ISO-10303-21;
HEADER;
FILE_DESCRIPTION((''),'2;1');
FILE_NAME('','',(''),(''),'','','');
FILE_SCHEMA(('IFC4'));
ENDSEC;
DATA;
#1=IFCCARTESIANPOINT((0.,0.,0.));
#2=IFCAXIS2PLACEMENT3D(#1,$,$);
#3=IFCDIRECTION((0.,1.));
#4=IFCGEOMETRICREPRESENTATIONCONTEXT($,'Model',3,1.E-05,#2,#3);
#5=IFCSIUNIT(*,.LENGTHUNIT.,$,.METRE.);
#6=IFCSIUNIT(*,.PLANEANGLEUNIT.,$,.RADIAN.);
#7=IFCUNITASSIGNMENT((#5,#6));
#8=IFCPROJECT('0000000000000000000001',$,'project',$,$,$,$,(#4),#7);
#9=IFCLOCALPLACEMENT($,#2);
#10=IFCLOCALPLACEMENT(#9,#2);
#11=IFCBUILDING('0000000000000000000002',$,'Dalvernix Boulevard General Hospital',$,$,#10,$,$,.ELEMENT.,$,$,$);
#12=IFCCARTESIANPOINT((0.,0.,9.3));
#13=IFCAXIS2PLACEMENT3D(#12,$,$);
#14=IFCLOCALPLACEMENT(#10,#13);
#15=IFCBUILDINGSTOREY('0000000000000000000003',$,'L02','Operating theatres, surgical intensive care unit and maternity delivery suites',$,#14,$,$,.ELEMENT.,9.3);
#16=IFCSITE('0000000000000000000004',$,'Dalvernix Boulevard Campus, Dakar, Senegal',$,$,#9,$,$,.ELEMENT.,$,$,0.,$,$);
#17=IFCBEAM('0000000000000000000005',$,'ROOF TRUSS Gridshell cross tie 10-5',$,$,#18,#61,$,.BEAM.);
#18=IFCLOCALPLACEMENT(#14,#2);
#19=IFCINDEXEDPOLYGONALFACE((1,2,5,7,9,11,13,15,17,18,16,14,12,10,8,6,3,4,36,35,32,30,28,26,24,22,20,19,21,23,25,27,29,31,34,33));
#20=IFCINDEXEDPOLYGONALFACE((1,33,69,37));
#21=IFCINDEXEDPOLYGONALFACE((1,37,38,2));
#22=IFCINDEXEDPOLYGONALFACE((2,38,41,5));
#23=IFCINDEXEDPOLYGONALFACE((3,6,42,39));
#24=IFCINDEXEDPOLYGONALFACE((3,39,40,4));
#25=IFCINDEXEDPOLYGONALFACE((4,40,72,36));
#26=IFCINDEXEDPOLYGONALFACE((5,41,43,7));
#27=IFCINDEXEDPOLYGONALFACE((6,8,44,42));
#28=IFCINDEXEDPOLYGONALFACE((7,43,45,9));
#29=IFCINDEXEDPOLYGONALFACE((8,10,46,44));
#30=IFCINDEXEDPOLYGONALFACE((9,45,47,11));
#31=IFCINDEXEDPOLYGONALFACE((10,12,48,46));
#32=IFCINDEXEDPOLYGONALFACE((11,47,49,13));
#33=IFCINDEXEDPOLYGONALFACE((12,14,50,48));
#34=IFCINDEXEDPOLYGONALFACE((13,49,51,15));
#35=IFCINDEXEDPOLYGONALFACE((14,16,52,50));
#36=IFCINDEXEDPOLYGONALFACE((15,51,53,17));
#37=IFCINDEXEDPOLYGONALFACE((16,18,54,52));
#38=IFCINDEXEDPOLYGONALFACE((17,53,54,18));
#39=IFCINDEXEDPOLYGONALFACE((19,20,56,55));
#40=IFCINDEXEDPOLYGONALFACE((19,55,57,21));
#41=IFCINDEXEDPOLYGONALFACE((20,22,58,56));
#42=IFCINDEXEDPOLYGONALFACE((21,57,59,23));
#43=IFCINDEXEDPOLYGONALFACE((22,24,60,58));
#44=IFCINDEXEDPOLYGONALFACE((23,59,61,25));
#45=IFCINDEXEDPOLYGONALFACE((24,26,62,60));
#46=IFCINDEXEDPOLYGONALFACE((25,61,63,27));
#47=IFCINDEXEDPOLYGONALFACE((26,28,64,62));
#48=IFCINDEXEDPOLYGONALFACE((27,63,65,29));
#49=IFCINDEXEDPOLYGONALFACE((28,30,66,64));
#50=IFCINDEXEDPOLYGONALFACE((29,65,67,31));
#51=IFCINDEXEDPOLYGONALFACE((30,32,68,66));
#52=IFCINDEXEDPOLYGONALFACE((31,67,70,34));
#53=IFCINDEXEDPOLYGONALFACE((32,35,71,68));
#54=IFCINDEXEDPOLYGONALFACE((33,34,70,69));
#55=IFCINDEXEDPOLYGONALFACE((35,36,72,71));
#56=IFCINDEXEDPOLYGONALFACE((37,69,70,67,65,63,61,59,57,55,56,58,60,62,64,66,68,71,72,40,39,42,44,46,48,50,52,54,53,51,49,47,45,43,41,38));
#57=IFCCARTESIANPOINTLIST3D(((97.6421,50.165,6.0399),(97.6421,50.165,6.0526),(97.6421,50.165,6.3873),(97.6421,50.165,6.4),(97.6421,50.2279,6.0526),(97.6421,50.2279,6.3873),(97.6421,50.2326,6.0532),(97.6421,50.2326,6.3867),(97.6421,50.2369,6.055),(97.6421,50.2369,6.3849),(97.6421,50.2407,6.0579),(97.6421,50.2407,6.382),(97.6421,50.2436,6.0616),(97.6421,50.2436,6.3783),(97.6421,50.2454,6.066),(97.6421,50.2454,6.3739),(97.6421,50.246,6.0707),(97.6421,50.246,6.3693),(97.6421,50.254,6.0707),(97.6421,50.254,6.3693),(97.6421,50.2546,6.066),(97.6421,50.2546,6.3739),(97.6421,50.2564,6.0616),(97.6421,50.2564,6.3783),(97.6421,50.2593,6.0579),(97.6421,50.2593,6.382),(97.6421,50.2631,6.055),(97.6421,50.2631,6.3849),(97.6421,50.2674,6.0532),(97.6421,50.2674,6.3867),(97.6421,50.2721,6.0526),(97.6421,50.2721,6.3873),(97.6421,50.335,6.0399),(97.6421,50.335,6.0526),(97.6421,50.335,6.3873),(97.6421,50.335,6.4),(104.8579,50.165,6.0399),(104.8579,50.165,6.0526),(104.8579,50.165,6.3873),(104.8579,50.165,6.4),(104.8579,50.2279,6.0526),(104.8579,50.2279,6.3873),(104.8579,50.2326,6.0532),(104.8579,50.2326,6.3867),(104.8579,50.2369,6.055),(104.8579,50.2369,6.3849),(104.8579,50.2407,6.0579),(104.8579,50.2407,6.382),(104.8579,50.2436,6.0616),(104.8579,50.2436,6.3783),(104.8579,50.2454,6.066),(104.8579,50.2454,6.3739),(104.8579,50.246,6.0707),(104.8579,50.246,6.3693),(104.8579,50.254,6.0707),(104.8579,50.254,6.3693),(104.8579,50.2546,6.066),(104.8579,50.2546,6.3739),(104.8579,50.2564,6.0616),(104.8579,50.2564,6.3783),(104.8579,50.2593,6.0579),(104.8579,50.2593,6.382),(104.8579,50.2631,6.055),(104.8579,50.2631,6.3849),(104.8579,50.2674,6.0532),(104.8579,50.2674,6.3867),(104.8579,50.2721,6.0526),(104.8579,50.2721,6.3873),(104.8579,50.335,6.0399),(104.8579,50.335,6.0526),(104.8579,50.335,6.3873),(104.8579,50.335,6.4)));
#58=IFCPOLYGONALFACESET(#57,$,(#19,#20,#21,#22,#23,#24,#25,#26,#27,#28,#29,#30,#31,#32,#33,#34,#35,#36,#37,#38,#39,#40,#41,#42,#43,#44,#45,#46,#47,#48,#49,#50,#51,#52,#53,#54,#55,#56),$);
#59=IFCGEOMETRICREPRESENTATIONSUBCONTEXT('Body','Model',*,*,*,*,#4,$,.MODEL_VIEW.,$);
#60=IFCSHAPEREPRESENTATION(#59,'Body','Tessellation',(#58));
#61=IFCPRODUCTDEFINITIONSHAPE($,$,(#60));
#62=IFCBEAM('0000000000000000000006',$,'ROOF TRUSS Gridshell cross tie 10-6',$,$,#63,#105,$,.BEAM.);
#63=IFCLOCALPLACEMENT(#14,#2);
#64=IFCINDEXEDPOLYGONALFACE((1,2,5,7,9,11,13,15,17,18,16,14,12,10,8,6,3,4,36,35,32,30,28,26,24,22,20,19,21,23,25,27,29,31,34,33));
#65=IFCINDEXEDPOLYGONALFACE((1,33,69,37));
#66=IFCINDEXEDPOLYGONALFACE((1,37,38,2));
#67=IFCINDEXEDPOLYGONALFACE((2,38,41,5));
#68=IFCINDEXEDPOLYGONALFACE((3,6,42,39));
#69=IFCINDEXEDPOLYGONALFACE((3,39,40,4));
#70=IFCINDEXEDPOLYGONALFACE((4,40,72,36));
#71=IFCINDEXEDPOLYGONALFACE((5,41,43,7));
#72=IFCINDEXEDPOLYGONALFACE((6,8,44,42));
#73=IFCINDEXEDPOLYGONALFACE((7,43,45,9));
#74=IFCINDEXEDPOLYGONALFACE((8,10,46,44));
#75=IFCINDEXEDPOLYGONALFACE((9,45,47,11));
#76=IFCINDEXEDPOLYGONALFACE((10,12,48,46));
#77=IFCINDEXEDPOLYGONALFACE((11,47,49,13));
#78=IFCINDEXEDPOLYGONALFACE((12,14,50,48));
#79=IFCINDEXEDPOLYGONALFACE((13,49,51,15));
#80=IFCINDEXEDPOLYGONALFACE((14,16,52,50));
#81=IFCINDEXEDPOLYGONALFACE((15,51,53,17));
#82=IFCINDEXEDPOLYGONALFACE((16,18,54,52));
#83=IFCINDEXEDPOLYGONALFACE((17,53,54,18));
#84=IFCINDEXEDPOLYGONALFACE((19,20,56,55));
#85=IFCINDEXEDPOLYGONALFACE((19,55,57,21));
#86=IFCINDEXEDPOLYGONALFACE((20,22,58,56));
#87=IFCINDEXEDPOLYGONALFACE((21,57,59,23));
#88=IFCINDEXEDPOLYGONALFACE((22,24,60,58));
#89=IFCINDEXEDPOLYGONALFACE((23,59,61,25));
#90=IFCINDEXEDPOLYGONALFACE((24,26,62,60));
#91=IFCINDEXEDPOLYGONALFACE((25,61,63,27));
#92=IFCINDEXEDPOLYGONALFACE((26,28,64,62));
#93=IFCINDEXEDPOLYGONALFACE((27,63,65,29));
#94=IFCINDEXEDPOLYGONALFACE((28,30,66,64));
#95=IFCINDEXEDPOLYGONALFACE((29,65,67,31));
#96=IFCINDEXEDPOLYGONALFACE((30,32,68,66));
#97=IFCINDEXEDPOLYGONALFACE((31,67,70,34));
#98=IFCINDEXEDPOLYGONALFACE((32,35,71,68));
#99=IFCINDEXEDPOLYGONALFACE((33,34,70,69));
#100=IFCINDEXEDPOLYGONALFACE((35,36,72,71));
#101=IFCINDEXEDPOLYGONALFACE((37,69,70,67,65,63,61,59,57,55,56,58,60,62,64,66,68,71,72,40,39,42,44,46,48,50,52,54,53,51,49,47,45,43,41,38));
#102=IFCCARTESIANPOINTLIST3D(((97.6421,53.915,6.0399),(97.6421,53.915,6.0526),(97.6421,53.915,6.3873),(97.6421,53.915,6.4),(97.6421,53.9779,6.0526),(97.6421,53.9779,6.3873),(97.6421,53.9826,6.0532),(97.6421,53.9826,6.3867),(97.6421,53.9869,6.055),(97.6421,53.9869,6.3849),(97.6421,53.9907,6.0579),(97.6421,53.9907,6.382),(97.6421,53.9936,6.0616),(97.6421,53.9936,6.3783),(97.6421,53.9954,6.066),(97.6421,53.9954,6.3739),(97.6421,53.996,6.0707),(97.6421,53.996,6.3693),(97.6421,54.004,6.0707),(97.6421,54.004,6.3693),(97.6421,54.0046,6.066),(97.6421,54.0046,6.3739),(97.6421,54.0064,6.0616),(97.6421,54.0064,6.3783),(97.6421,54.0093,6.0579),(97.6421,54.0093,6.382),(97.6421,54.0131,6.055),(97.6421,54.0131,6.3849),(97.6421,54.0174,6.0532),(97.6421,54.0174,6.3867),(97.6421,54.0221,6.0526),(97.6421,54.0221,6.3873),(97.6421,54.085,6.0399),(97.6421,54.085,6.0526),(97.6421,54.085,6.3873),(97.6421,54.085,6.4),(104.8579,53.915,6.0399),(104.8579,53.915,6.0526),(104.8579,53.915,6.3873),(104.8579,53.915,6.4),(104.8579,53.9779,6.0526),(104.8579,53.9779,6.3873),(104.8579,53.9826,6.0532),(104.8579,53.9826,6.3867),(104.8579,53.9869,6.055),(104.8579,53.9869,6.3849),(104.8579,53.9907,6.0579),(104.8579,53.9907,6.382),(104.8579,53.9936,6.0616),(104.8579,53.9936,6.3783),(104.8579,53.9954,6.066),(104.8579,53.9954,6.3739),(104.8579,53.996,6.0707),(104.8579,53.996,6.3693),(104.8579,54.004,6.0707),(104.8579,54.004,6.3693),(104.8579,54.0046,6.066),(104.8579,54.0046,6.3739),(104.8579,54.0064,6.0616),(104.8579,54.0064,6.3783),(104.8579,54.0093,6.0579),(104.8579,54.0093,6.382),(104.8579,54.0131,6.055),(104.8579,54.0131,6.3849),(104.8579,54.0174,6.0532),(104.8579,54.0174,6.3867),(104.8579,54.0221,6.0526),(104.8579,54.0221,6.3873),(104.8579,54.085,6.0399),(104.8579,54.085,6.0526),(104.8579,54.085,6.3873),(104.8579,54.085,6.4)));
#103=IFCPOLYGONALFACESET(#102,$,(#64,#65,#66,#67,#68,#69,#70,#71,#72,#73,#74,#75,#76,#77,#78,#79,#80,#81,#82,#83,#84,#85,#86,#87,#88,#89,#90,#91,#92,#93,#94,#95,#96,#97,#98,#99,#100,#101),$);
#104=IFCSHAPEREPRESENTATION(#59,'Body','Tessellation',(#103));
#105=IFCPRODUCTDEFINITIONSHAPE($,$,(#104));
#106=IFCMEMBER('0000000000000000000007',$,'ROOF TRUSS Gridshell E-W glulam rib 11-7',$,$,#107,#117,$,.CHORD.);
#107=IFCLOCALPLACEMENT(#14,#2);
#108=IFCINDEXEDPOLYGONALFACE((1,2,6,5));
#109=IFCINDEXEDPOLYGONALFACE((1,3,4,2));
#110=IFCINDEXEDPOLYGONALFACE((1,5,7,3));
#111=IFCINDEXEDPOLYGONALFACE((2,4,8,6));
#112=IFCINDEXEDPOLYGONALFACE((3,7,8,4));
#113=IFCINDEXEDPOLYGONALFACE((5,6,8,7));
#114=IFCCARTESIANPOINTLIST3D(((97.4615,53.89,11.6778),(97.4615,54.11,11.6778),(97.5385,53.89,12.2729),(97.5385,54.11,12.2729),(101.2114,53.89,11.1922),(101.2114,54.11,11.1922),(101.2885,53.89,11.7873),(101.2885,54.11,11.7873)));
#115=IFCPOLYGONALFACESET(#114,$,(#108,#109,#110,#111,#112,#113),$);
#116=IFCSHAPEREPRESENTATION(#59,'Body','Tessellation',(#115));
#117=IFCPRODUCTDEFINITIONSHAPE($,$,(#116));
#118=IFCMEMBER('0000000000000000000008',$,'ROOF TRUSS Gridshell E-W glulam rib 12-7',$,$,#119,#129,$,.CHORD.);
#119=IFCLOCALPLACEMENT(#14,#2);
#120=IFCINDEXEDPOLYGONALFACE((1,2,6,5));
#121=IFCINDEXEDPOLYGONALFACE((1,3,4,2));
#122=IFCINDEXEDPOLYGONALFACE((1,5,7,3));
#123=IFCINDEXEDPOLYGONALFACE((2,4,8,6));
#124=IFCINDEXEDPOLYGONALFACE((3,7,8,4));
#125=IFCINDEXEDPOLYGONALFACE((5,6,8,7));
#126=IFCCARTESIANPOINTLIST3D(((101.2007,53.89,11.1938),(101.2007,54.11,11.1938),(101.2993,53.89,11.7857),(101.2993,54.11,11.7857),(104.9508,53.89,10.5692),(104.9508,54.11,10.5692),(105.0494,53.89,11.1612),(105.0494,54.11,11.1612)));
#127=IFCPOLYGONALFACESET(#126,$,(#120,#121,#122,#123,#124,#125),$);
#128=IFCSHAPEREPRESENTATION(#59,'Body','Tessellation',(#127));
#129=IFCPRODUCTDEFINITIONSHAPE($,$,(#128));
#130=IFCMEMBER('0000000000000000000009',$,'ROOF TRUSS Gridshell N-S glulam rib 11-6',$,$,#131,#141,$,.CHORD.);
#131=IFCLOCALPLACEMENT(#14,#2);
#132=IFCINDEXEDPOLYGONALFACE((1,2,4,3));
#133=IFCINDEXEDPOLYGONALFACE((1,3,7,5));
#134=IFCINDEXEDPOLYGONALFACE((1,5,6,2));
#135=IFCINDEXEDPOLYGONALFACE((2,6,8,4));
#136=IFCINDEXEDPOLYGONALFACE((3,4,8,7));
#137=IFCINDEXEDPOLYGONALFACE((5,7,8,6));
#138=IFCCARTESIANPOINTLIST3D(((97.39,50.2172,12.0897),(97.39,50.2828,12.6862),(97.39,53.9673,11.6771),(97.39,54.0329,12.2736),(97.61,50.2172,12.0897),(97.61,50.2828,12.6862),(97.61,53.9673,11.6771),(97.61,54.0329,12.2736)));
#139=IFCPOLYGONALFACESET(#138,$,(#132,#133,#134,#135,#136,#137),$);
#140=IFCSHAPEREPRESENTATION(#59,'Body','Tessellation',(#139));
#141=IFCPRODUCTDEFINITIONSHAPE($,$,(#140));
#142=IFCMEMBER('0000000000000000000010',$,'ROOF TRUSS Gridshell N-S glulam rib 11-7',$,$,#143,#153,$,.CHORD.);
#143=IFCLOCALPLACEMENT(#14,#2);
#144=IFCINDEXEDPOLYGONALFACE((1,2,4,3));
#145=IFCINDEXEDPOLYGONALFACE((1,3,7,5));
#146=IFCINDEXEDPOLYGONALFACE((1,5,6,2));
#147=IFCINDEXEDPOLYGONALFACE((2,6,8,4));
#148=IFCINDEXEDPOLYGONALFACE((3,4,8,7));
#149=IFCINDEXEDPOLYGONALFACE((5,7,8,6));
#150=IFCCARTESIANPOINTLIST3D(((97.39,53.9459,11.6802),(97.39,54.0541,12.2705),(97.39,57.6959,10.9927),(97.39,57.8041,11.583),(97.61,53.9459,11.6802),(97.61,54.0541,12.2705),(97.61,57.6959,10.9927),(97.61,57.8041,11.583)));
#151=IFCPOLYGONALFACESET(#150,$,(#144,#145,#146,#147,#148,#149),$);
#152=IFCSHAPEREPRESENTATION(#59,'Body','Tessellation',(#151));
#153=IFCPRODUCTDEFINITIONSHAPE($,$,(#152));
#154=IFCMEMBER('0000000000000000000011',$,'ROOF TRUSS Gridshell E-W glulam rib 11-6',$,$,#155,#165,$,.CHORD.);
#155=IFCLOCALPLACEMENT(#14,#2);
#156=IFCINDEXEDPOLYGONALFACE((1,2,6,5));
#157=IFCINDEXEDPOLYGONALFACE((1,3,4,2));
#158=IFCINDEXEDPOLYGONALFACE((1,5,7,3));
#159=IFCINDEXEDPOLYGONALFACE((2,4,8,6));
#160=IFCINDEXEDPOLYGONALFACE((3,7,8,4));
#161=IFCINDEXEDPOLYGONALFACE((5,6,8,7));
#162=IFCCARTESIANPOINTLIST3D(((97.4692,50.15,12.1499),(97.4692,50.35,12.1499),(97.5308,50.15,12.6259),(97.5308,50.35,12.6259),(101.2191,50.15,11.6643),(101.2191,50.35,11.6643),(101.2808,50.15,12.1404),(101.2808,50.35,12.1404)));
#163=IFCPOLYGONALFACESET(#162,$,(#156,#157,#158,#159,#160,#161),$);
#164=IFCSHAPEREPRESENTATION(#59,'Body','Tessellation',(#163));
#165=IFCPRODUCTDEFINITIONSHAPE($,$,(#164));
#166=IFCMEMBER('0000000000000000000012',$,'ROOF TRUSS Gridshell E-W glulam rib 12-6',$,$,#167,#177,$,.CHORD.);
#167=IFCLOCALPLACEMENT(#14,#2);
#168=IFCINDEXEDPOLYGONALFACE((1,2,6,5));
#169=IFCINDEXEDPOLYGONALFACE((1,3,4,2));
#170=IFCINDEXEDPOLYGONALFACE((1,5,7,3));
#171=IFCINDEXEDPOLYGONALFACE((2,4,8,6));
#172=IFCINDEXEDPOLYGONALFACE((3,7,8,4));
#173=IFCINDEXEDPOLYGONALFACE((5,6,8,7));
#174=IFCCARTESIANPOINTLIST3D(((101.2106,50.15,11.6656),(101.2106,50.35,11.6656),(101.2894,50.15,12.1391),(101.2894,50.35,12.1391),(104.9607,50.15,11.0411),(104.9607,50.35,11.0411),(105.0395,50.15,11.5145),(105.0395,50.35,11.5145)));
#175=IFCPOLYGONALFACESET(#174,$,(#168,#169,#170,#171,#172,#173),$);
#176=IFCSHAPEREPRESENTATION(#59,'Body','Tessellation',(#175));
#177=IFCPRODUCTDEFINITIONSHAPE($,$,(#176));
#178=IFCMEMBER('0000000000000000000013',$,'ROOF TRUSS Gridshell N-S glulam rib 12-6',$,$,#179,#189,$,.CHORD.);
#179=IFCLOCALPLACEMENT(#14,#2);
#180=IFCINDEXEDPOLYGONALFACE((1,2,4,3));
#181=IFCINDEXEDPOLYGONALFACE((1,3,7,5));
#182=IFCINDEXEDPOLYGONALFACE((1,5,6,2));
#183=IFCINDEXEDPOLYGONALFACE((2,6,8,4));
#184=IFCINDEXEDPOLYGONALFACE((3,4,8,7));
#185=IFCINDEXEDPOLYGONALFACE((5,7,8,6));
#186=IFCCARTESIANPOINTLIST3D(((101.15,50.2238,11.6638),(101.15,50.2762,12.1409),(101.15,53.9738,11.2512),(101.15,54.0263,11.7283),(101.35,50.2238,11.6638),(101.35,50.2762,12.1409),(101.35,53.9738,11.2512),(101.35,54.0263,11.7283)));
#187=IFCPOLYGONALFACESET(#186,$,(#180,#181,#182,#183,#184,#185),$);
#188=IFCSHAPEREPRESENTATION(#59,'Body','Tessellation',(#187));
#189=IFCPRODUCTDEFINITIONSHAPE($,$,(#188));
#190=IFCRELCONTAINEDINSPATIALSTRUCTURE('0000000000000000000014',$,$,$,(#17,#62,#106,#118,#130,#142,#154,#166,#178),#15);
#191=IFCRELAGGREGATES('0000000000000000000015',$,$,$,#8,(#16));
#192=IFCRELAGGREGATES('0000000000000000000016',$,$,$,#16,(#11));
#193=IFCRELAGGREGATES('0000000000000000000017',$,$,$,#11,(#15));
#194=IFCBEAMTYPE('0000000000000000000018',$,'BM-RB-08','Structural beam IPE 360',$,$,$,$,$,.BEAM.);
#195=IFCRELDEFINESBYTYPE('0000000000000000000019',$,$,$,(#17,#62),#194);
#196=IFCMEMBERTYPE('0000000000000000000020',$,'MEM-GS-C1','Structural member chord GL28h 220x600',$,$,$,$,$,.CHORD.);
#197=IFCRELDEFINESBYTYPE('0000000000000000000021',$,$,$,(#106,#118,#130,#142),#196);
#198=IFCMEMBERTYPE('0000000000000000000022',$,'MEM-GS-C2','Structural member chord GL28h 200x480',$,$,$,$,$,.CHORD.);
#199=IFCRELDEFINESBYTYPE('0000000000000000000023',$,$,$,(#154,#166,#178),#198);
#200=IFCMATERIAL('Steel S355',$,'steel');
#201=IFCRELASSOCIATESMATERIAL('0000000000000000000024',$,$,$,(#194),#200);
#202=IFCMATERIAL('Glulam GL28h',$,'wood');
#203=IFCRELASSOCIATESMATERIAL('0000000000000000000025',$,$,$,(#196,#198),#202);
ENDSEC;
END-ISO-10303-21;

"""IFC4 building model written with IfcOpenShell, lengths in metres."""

from ifc_helpers import new_model, si_unit, direction, frame, origin, origin_2d, place, context, subcontext, project, spatial, rectangle, i_section, extrude, material, material_profile, profile_set, type_object, element, save


model = new_model("IFC4")

# Units and contexts
model_context = context("Model", 3, precision=1e-05, world=origin(), true_north=direction((0.0, 1.0)))
body_context = subcontext(model_context, "Body", "Model", "MODEL_VIEW")
ifc_project = project(units=[si_unit("LENGTHUNIT", "METRE"), si_unit("PLANEANGLEUNIT", "RADIAN")], contexts=[model_context])

# Site, building, storey
site_placement = place(None, origin())
site = spatial("IfcSite", under=ifc_project, at=site_placement, Name="Dalvernix Boulevard Campus, Dakar, Senegal", CompositionType="ELEMENT", RefElevation=0.0)
building_placement = place(site_placement, origin())
building = spatial("IfcBuilding", under=site, at=building_placement, Name="Dalvernix Boulevard General Hospital", CompositionType="ELEMENT")
storey_placement = place(building_placement, frame((0.0, 0.0, 9.3)))
storey = spatial("IfcBuildingStorey", under=building, at=storey_placement, Name="L02", Description="Operating theatres, surgical intensive care unit and maternity delivery suites", CompositionType="ELEMENT", Elevation=9.3)

# Beams
ifc_material_1 = material(Name="Steel S355", Category="steel")
ifc_material_profile_1 = material_profile(ifc_material_1, i_section(OverallWidth=0.1699, OverallDepth=0.3601, WebThickness=0.0081, FlangeThickness=0.0127, FilletRadius=0.0181, at=origin_2d()), Name="IPE 360")
ifc_profile_set_1 = profile_set([ifc_material_profile_1], Name="Steel S355")
beam_type = type_object("IfcBeamType", Name="BM-RB-08", Description="Structural beam IPE 360", PredefinedType="BEAM", material=ifc_profile_set_1)
for number, where, z_axis, x_axis, name in (
    (1, (97.6421, 50.25, 6.22), (1.0, 0.0, 0.0), (0.0, 1.0, 0.0), "ROOF TRUSS Gridshell cross tie 10-5"),
    (2, (97.6421, 54.0, 6.22), (1.0, 0.0, 0.0), (0.0, 1.0, 0.0), "ROOF TRUSS Gridshell cross tie 10-6"),
):
    element("IfcBeam", number, at=place(storey_placement, frame(where, z_axis=z_axis, x_axis=x_axis)), inside=storey, type_object=beam_type, Name=name, PredefinedType="BEAM", context=body_context, shape_type="SweptSolid", body=[
        extrude(i_section(OverallWidth=0.1699, OverallDepth=0.3601, WebThickness=0.0081, FlangeThickness=0.0127, FilletRadius=0.0181, at=origin_2d()), origin(), (0.0, 0.0, 1.0), 7.2158),
    ])

# Members
ifc_material_2 = material(Name="Glulam GL28h", Category="wood")
ifc_material_profile_2 = material_profile(ifc_material_2, rectangle(XDim=0.22, YDim=0.6001, at=origin_2d()), Name="GL28h 220x600")
ifc_profile_set_2 = profile_set([ifc_material_profile_2], Name="Glulam GL28h")
member_type_1 = type_object("IfcMemberType", Name="MEM-GS-C1", Description="Structural member chord GL28h 220x600", PredefinedType="CHORD", material=ifc_profile_set_2)
member_1_placement = place(storey_placement, frame((97.5, 54.0, 11.9753), z_axis=(0.99172, 0.0, -0.12842), x_axis=(0.0, 1.0, 0.0)))
element("IfcMember", 3, at=member_1_placement, inside=storey, type_object=member_type_1, Name="ROOF TRUSS Gridshell E-W glulam rib 11-7", PredefinedType="CHORD", context=body_context, shape_type="SweptSolid", body=[
    extrude(rectangle(XDim=0.22, YDim=0.6001, at=origin_2d()), origin(), (0.0, 0.0, 1.0), 3.7812),
])
member_2_placement = place(storey_placement, frame((101.25, 54.0, 11.4897), z_axis=(0.986415, 0.0, -0.164274), x_axis=(0.0, 1.0, 0.0)))
element("IfcMember", 4, at=member_2_placement, inside=storey, type_object=member_type_1, Name="ROOF TRUSS Gridshell E-W glulam rib 12-7", PredefinedType="CHORD", context=body_context, shape_type="SweptSolid", body=[
    extrude(rectangle(XDim=0.22, YDim=0.6001, at=origin_2d()), origin(), (0.0, 0.0, 1.0), 3.8018),
])
member_3_placement = place(storey_placement, frame((97.5, 50.25, 12.3879), z_axis=(0.0, 0.994002, -0.109366), x_axis=(-1.0, 0.0, 0.0)))
element("IfcMember", 5, at=member_3_placement, inside=storey, type_object=member_type_1, Name="ROOF TRUSS Gridshell N-S glulam rib 11-6", PredefinedType="CHORD", context=body_context, shape_type="SweptSolid", body=[
    extrude(rectangle(XDim=0.22, YDim=0.6001, at=origin_2d()), origin(), (0.0, 0.0, 1.0), 3.7727),
])
member_4_placement = place(storey_placement, frame((97.5, 54.0, 11.9753), z_axis=(0.0, 0.983607, -0.180328), x_axis=(-1.0, 0.0, 0.0)))
element("IfcMember", 6, at=member_4_placement, inside=storey, type_object=member_type_1, Name="ROOF TRUSS Gridshell N-S glulam rib 11-7", PredefinedType="CHORD", context=body_context, shape_type="SweptSolid", body=[
    extrude(rectangle(XDim=0.22, YDim=0.6001, at=origin_2d()), origin(), (0.0, 0.0, 1.0), 3.8125),
])
ifc_material_profile_3 = material_profile(ifc_material_2, rectangle(XDim=0.2, YDim=0.48, at=origin_2d()), Name="GL28h 200x480")
ifc_profile_set_3 = profile_set([ifc_material_profile_3], Name="Glulam GL28h")
member_type_2 = type_object("IfcMemberType", Name="MEM-GS-C2", Description="Structural member chord GL28h 200x480", PredefinedType="CHORD", material=ifc_profile_set_3)
member_5_placement = place(storey_placement, frame((97.5, 50.25, 12.3879), z_axis=(0.99172, 0.0, -0.12842), x_axis=(0.0, 1.0, 0.0)))
element("IfcMember", 7, at=member_5_placement, inside=storey, type_object=member_type_2, Name="ROOF TRUSS Gridshell E-W glulam rib 11-6", PredefinedType="CHORD", context=body_context, shape_type="SweptSolid", body=[
    extrude(rectangle(XDim=0.2, YDim=0.48, at=origin_2d()), origin(), (0.0, 0.0, 1.0), 3.7812),
])
member_6_placement = place(storey_placement, frame((101.25, 50.25, 11.9023), z_axis=(0.986415, 0.0, -0.164274), x_axis=(0.0, 1.0, 0.0)))
element("IfcMember", 8, at=member_6_placement, inside=storey, type_object=member_type_2, Name="ROOF TRUSS Gridshell E-W glulam rib 12-6", PredefinedType="CHORD", context=body_context, shape_type="SweptSolid", body=[
    extrude(rectangle(XDim=0.2, YDim=0.48, at=origin_2d()), origin(), (0.0, 0.0, 1.0), 3.8018),
])
member_7_placement = place(storey_placement, frame((101.25, 50.25, 11.9023), z_axis=(0.0, 0.994002, -0.109366), x_axis=(-1.0, 0.0, 0.0)))
element("IfcMember", 9, at=member_7_placement, inside=storey, type_object=member_type_2, Name="ROOF TRUSS Gridshell N-S glulam rib 12-6", PredefinedType="CHORD", context=body_context, shape_type="SweptSolid", body=[
    extrude(rectangle(XDim=0.2, YDim=0.48, at=origin_2d()), origin(), (0.0, 0.0, 1.0), 3.7727),
])

save(model, "model.ifc")
